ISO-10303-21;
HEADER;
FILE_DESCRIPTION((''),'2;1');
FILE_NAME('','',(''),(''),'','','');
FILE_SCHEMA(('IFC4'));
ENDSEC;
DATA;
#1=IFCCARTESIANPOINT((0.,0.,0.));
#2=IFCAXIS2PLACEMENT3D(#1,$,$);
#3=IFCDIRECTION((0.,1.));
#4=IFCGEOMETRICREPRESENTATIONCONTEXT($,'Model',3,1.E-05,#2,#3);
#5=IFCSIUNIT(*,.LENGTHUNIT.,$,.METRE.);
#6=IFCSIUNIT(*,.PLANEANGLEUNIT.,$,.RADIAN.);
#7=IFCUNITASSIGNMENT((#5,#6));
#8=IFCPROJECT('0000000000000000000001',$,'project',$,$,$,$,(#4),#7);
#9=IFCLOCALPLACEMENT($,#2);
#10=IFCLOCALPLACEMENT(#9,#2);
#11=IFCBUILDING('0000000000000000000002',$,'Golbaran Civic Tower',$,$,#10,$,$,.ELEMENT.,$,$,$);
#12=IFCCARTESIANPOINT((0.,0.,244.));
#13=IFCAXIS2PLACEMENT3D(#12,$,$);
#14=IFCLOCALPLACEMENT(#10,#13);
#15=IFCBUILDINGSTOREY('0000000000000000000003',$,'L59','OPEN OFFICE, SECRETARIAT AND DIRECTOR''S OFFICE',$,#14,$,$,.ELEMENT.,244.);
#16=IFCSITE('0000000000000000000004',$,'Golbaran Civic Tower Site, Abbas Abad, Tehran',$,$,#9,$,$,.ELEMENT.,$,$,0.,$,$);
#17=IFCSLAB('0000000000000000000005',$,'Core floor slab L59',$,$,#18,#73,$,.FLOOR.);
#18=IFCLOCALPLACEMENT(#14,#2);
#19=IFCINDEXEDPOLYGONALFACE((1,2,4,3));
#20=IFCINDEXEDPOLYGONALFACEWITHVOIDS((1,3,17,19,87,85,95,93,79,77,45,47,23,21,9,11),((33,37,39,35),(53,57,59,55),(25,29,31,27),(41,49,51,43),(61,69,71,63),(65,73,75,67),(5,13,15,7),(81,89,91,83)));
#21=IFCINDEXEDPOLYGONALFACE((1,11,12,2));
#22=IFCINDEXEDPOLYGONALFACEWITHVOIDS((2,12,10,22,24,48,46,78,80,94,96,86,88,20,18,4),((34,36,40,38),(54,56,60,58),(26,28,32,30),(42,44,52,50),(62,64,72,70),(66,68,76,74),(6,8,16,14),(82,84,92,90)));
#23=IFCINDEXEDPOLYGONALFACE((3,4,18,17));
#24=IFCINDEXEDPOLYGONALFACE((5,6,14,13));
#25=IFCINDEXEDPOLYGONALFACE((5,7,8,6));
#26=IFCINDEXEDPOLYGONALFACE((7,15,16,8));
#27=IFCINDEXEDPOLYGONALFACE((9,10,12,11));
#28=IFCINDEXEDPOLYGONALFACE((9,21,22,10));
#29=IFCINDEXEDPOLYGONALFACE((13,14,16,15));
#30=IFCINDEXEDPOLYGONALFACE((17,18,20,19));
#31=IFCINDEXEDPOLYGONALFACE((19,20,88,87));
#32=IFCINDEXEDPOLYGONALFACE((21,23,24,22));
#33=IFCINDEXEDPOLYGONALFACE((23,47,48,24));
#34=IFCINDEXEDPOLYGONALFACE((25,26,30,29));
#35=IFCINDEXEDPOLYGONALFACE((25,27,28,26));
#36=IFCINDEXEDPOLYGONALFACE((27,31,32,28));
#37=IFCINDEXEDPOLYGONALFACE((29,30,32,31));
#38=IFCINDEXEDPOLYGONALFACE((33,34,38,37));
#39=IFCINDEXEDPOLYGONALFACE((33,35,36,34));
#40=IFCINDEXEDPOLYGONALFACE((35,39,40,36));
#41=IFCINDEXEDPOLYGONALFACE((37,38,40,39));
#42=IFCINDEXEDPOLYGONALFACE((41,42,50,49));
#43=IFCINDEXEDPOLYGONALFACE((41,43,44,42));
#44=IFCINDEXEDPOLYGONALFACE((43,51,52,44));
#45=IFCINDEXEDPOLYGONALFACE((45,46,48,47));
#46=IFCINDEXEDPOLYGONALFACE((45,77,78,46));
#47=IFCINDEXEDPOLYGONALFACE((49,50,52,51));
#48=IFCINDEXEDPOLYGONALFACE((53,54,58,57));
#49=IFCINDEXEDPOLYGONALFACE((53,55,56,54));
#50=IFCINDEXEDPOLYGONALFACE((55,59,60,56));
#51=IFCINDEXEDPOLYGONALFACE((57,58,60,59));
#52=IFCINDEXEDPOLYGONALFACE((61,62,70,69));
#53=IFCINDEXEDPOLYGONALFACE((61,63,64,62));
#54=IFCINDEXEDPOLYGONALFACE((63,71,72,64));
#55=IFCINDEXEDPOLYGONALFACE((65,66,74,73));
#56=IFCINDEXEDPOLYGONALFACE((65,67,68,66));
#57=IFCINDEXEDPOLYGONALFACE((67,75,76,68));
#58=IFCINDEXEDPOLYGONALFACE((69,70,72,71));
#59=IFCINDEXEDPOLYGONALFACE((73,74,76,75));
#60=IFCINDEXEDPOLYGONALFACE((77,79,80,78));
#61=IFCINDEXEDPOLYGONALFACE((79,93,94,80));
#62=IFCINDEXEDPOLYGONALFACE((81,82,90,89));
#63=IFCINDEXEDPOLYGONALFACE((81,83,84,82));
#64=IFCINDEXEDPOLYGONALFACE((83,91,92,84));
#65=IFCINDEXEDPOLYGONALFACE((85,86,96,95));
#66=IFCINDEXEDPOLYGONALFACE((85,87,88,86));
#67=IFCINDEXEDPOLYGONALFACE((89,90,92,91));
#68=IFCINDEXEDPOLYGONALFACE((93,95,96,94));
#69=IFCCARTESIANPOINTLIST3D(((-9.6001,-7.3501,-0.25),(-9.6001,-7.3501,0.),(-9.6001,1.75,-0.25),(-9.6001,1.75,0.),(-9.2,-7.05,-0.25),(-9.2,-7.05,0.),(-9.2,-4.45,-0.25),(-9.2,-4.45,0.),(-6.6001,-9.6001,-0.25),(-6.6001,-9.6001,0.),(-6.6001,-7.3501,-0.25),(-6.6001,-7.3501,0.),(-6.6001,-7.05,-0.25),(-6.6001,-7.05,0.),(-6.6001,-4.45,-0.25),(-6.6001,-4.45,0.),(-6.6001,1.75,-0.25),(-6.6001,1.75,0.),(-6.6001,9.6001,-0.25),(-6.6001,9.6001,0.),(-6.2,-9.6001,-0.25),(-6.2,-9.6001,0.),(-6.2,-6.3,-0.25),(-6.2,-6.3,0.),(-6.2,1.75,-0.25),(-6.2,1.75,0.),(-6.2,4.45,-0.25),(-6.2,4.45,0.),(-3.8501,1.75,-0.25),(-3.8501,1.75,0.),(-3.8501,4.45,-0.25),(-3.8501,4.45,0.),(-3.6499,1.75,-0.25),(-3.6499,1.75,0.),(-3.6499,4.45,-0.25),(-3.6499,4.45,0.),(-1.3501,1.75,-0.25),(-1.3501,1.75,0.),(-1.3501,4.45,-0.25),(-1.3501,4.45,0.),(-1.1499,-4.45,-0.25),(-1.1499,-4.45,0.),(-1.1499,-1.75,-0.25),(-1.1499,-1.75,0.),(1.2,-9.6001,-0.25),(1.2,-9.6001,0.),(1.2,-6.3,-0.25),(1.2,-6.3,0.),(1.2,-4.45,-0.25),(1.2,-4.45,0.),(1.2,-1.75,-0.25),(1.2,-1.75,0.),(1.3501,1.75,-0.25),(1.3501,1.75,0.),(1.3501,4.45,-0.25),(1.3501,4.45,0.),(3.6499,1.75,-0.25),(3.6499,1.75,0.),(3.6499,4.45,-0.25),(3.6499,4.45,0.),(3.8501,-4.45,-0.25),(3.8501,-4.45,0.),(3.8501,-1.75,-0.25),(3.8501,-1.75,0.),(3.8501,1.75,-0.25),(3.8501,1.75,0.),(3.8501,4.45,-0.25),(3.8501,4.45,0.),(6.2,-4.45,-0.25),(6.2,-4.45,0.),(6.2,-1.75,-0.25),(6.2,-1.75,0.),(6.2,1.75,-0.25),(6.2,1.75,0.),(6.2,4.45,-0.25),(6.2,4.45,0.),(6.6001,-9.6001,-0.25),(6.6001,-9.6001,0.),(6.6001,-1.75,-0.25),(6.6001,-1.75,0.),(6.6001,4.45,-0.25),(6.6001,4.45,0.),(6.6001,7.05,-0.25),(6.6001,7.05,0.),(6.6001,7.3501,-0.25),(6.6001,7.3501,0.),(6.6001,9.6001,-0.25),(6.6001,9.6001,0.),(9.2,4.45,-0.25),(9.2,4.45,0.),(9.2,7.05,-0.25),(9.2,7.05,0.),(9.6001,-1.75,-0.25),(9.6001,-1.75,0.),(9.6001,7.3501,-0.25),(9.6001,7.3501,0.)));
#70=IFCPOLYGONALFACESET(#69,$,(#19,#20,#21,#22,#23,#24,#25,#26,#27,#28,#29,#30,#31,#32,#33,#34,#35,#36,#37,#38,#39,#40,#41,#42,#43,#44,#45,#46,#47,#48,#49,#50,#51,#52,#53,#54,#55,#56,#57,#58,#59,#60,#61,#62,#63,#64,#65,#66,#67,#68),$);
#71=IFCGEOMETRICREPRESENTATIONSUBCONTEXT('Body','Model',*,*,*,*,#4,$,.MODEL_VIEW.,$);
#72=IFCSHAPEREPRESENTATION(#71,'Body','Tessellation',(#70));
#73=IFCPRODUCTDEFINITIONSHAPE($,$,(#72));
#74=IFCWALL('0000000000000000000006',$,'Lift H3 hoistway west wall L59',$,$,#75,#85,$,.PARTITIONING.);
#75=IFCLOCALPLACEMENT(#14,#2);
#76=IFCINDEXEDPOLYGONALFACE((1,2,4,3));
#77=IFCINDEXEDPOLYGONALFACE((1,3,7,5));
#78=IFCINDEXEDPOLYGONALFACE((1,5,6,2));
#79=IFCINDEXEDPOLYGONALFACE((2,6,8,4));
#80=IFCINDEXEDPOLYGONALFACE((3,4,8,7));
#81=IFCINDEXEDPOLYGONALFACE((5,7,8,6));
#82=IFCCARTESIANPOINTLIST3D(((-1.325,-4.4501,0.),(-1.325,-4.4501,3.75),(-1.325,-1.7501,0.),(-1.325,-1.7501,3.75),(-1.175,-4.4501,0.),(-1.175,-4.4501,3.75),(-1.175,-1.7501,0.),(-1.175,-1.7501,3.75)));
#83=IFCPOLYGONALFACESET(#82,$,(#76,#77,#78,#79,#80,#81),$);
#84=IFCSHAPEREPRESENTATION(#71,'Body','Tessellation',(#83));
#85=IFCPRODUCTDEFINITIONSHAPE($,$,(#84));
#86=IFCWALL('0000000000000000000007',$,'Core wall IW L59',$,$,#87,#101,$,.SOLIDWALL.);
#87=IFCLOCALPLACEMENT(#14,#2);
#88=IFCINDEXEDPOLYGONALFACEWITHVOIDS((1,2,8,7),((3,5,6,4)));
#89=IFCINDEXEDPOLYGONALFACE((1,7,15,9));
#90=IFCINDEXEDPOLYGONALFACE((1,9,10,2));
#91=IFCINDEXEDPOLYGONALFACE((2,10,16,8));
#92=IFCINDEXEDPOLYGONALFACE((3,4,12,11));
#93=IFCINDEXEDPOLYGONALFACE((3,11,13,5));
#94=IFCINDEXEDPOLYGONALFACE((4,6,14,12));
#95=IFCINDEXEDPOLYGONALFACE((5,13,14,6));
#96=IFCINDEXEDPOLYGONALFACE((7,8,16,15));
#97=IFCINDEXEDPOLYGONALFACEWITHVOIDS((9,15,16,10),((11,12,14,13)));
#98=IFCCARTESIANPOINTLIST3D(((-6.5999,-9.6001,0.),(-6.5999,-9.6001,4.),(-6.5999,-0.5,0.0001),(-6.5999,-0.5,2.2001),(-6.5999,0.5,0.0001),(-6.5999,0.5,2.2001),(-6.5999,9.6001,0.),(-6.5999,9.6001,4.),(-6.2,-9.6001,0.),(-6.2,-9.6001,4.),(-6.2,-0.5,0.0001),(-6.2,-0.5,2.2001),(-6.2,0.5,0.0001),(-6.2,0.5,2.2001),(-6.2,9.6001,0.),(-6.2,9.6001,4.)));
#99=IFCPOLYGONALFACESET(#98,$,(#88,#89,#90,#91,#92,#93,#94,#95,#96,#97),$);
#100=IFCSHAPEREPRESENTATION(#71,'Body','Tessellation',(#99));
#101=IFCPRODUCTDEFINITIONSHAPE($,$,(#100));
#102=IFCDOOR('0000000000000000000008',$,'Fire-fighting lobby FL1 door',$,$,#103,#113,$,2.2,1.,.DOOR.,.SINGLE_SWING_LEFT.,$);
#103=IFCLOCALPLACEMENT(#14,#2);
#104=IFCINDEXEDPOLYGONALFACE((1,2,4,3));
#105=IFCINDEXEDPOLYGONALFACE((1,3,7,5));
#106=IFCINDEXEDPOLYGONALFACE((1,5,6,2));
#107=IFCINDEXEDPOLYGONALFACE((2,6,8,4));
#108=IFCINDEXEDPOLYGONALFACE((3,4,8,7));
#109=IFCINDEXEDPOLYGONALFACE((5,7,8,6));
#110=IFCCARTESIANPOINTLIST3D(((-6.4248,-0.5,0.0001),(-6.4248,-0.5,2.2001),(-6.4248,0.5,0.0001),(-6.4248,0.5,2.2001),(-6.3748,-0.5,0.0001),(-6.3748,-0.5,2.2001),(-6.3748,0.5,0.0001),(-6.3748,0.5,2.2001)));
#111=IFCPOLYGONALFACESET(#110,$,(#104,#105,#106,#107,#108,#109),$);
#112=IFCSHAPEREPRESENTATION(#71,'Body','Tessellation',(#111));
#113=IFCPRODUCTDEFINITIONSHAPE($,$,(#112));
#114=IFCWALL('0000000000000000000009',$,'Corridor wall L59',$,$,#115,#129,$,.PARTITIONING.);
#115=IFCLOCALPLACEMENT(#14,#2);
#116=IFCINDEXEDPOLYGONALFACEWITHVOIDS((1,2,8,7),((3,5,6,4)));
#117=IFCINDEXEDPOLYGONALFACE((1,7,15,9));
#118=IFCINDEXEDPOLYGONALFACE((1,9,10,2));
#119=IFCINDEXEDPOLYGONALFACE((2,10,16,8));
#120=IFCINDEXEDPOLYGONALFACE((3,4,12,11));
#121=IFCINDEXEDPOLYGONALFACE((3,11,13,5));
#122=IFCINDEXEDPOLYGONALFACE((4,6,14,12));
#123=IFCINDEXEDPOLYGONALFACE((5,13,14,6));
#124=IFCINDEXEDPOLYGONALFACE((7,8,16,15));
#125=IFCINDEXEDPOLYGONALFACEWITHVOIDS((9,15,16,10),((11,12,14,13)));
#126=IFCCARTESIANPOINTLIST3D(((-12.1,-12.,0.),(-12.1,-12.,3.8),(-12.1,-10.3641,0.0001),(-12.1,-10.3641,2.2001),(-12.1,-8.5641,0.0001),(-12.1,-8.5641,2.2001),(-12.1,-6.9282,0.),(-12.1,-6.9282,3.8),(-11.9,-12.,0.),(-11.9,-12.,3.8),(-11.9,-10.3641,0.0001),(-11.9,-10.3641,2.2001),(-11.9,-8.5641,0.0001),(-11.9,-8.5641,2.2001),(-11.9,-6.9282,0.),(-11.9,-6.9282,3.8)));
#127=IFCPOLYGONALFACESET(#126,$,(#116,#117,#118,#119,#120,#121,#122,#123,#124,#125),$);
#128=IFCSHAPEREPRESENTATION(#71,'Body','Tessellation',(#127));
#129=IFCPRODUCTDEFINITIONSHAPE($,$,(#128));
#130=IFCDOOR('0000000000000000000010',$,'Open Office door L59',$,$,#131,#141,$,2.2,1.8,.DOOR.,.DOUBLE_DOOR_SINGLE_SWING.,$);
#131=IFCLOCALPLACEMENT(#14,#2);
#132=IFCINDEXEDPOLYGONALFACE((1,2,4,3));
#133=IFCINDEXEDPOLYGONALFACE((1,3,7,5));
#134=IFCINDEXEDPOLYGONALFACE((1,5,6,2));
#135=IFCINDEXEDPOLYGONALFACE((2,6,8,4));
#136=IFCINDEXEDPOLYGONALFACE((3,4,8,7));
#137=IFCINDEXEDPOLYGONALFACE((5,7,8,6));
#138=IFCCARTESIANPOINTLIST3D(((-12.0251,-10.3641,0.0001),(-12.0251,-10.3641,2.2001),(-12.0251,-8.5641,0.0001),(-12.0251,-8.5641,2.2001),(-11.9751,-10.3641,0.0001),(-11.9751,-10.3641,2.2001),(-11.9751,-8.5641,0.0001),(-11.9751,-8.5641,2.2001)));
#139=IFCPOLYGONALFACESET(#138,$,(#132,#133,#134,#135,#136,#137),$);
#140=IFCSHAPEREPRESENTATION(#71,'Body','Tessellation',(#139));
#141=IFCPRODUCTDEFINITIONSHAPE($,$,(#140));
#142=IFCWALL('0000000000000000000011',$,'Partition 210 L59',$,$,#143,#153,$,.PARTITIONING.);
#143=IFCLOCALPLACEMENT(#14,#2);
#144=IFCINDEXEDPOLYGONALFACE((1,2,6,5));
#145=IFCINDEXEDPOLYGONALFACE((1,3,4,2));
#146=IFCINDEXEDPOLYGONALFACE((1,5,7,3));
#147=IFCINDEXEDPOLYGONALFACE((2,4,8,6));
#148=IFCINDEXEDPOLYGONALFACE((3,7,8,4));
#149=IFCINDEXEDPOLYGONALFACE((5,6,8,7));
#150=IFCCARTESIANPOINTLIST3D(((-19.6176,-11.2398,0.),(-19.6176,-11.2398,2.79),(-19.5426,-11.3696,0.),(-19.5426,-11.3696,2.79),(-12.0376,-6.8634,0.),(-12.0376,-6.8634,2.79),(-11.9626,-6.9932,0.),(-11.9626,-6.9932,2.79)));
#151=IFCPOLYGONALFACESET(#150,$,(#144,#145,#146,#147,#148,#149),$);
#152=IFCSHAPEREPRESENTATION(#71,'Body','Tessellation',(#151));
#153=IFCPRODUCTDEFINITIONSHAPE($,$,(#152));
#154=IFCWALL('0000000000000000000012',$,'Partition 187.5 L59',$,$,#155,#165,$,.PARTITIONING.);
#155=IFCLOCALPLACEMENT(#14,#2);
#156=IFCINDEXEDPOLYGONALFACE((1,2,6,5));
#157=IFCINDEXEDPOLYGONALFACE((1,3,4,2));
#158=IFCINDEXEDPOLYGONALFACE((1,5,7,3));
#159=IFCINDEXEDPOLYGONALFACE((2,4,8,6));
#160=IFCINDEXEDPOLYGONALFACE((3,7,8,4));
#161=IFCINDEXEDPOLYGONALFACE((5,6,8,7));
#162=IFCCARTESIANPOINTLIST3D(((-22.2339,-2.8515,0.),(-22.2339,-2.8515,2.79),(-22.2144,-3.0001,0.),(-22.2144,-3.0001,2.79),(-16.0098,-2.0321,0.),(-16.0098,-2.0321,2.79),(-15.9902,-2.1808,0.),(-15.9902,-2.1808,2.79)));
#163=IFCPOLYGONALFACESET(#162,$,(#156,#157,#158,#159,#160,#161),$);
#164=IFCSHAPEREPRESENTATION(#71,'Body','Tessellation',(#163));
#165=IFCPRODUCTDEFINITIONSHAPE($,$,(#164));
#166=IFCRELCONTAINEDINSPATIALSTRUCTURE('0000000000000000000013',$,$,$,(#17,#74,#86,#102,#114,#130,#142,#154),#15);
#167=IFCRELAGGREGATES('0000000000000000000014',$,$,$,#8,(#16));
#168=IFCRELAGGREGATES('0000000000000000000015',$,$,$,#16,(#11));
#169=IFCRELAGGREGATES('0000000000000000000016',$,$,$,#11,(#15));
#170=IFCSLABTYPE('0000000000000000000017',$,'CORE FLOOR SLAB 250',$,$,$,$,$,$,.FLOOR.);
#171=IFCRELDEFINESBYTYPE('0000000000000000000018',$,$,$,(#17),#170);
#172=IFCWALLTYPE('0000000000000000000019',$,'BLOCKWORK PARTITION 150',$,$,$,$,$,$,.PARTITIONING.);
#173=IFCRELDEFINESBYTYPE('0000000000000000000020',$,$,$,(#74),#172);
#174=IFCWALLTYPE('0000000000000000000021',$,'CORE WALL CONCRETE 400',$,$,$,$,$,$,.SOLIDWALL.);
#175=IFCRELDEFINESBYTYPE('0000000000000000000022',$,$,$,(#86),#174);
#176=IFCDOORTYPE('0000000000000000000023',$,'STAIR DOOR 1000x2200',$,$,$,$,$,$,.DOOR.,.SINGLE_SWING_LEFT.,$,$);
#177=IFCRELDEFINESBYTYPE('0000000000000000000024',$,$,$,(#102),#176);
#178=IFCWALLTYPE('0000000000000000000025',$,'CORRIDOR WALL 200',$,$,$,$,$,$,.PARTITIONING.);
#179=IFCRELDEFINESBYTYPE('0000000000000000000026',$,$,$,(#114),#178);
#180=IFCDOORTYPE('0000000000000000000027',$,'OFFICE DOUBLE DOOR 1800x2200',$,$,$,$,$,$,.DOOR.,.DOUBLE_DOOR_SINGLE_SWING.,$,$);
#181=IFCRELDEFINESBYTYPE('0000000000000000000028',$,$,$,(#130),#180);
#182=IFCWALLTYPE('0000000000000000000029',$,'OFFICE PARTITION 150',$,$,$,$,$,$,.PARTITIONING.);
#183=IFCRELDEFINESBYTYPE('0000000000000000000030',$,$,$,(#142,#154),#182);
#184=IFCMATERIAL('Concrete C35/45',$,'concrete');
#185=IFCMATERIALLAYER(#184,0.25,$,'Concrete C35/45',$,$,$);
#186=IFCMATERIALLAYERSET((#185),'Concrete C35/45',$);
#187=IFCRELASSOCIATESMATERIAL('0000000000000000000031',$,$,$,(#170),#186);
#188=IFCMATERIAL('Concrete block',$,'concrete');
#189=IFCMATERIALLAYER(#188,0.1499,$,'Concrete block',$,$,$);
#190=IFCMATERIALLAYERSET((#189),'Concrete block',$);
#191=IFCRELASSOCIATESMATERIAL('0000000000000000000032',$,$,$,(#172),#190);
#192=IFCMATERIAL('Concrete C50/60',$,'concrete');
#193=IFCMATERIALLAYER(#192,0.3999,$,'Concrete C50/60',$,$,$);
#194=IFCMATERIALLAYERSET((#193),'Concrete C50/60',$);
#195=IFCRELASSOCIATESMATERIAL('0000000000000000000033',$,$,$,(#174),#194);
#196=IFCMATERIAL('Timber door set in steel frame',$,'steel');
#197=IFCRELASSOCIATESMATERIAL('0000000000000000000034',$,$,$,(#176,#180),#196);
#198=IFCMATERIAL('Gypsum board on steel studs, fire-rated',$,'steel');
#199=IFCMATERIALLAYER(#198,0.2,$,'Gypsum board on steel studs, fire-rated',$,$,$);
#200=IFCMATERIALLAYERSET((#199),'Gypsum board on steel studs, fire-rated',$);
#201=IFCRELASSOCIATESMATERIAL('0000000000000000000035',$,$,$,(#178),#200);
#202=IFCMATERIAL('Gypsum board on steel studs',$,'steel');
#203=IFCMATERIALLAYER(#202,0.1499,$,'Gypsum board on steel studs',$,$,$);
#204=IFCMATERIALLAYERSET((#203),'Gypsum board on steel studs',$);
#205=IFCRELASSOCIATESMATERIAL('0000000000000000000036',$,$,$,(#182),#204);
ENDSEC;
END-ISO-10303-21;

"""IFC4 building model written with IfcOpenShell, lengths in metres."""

from ifc_helpers import new_model, si_unit, direction, frame, frame_2d, origin, place, context, subcontext, project, spatial, polyline, rectangle, outline, extrude, material, layer, layer_set, type_object, element, fill, save


model = new_model("IFC4")

# Units and contexts
model_context = context("Model", 3, precision=1e-05, world=origin(), true_north=direction((0.0, 1.0)))
body_context = subcontext(model_context, "Body", "Model", "MODEL_VIEW")
ifc_project = project(units=[si_unit("LENGTHUNIT", "METRE"), si_unit("PLANEANGLEUNIT", "RADIAN")], contexts=[model_context])

# Site, building, storey
site_placement = place(None, origin())
site = spatial("IfcSite", under=ifc_project, at=site_placement, Name="Golbaran Civic Tower Site, Abbas Abad, Tehran", CompositionType="ELEMENT", RefElevation=0.0)
building_placement = place(site_placement, origin())
building = spatial("IfcBuilding", under=site, at=building_placement, Name="Golbaran Civic Tower", CompositionType="ELEMENT")
storey_placement = place(building_placement, frame((0.0, 0.0, 244.0)))
storey = spatial("IfcBuildingStorey", under=building, at=storey_placement, Name="L59", Description="OPEN OFFICE, SECRETARIAT AND DIRECTOR'S OFFICE", CompositionType="ELEMENT", Elevation=244.0)

# Slab
ifc_material_1 = material(Name="Concrete C35/45", Category="concrete")
ifc_layer_1 = layer(ifc_material_1, 0.25, Name="Concrete C35/45")
ifc_layer_set_1 = layer_set([ifc_layer_1], Name="Concrete C35/45")
slab_type_1 = type_object("IfcSlabType", Name="CORE FLOOR SLAB 250", PredefinedType="FLOOR", material=ifc_layer_set_1)
slab_1_placement = place(storey_placement, frame((0.0, 0.0, -0.25)))
element("IfcSlab", 1, at=slab_1_placement, inside=storey, type_object=slab_type_1, Name="Core floor slab L59", PredefinedType="FLOOR", context=body_context, shape_type="SweptSolid", body=[
    extrude(outline(polyline([(6.6001, -1.75), (6.6001, -9.6001), (1.2, -9.6001), (1.2, -6.3), (-6.2, -6.3), (-6.2, -9.6001), (-6.6001, -9.6001), (-6.6001, -7.3501), (-9.6001, -7.3501), (-9.6001, 1.75), (-6.6001, 1.75), (-6.6001, 9.6001), (6.6001, 9.6001), (6.6001, 7.3501), (9.6001, 7.3501), (9.6001, -1.75), (6.6001, -1.75)]), holes=[polyline([(9.2, 7.05), (6.6001, 7.05), (6.6001, 4.45), (9.2, 4.45), (9.2, 7.05)]), polyline([(6.2, -1.75), (3.8501, -1.75), (3.8501, -4.45), (6.2, -4.45), (6.2, -1.75)]), polyline([(6.2, 4.45), (3.8501, 4.45), (3.8501, 1.75), (6.2, 1.75), (6.2, 4.45)]), polyline([(3.6499, 4.45), (1.3501, 4.45), (1.3501, 1.75), (3.6499, 1.75), (3.6499, 4.45)]), polyline([(-1.1499, -1.75), (-1.1499, -4.45), (1.2, -4.45), (1.2, -1.75), (-1.1499, -1.75)]), polyline([(-1.3501, 4.45), (-3.6499, 4.45), (-3.6499, 1.75), (-1.3501, 1.75), (-1.3501, 4.45)]), polyline([(-3.8501, 4.45), (-6.2, 4.45), (-6.2, 1.75), (-3.8501, 1.75), (-3.8501, 4.45)]), polyline([(-6.6001, -4.45), (-9.2, -4.45), (-9.2, -7.05), (-6.6001, -7.05), (-6.6001, -4.45)])]), origin(), (0.0, 0.0, 1.0), 0.25),
])

# Wall
ifc_material_2 = material(Name="Concrete block", Category="concrete")
ifc_layer_2 = layer(ifc_material_2, 0.1499, Name="Concrete block")
ifc_layer_set_2 = layer_set([ifc_layer_2], Name="Concrete block")
wall_type_1 = type_object("IfcWallType", Name="BLOCKWORK PARTITION 150", PredefinedType="PARTITIONING", material=ifc_layer_set_2)
wall_1_placement = place(storey_placement, frame((-1.25, -1.75, 0.0), z_axis=(0.0, 0.0, 1.0), x_axis=(0.0, -1.0, 0.0)))
element("IfcWall", 2, at=wall_1_placement, inside=storey, type_object=wall_type_1, Name="Lift H3 hoistway west wall L59", PredefinedType="PARTITIONING", context=body_context, shape_type="SweptSolid", body=[
    extrude(rectangle(XDim=2.7, YDim=0.1499, at=frame_2d((1.3501, 0.0))), origin(), (0.0, 0.0, 1.0), 3.75),
])

# Walls, openings, doors
ifc_material_3 = material(Name="Concrete C50/60", Category="concrete")
ifc_layer_3 = layer(ifc_material_3, 0.3999, Name="Concrete C50/60")
ifc_layer_set_3 = layer_set([ifc_layer_3], Name="Concrete C50/60")
wall_type_2 = type_object("IfcWallType", Name="CORE WALL CONCRETE 400", PredefinedType="SOLIDWALL", material=ifc_layer_set_3)
wall_2_placement = place(storey_placement, frame((-6.3999, -9.6001, 0.0), z_axis=(0.0, 0.0, 1.0), x_axis=(0.0, 1.0, 0.0)))
wall_2 = element("IfcWall", 3, at=wall_2_placement, inside=storey, type_object=wall_type_2, Name="Core wall IW L59", PredefinedType="SOLIDWALL", context=body_context, shape_type="SweptSolid", body=[
    extrude(rectangle(XDim=19.2002, YDim=0.3999, at=frame_2d((9.6001, 0.0))), origin(), (0.0, 0.0, 1.0), 4.0),
])
opening_1_placement = place(wall_2_placement, frame((9.1001, 0.0, 0.0)))
opening_1 = element("IfcOpeningElement", 4, at=opening_1_placement, cuts=wall_2, PredefinedType="OPENING", context=body_context, shape_type="SweptSolid", body=[
    extrude(rectangle(XDim=1.0, YDim=2.2, at=frame_2d((0.5, 1.1001))), frame((0.0, 0.21, 0.0), z_axis=(0.0, -1.0, 0.0), x_axis=(1.0, 0.0, 0.0)), (0.0, 0.0, 1.0), 0.4199),
])
ifc_material_4 = material(Name="Timber door set in steel frame", Category="steel")
door_type_1 = type_object("IfcDoorType", Name="STAIR DOOR 1000x2200", OperationType="SINGLE_SWING_LEFT", PredefinedType="DOOR", material=ifc_material_4)
door_1_placement = place(opening_1_placement, origin())
door_1 = element("IfcDoor", 5, at=door_1_placement, inside=storey, type_object=door_type_1, Name="Fire-fighting lobby FL1 door", OperationType="SINGLE_SWING_LEFT", OverallHeight=2.2, OverallWidth=1.0, PredefinedType="DOOR", context=body_context, shape_type="SweptSolid", body=[
    extrude(rectangle(XDim=1.0, YDim=2.2, at=frame_2d((0.5, 1.1001))), frame((0.0, 0.0249, 0.0), z_axis=(0.0, -1.0, 0.0), x_axis=(1.0, 0.0, 0.0)), (0.0, 0.0, 1.0), 0.05),
])
fill(opening_1, door_1)
ifc_material_5 = material(Name="Gypsum board on steel studs, fire-rated", Category="steel")
ifc_layer_4 = layer(ifc_material_5, 0.2, Name="Gypsum board on steel studs, fire-rated")
ifc_layer_set_4 = layer_set([ifc_layer_4], Name="Gypsum board on steel studs, fire-rated")
wall_type_3 = type_object("IfcWallType", Name="CORRIDOR WALL 200", PredefinedType="PARTITIONING", material=ifc_layer_set_4)
wall_3_placement = place(storey_placement, frame((-12.0, -6.9282, 0.0), z_axis=(0.0, 0.0, 1.0), x_axis=(0.0, -1.0, 0.0)))
wall_3 = element("IfcWall", 6, at=wall_3_placement, inside=storey, type_object=wall_type_3, Name="Corridor wall L59", PredefinedType="PARTITIONING", context=body_context, shape_type="SweptSolid", body=[
    extrude(rectangle(XDim=5.0718, YDim=0.2, at=frame_2d((2.5359, 0.0))), origin(), (0.0, 0.0, 1.0), 3.8),
])
opening_2_placement = place(wall_3_placement, frame((1.636, 0.0, 0.0)))
opening_2 = element("IfcOpeningElement", 7, at=opening_2_placement, cuts=wall_3, PredefinedType="OPENING", context=body_context, shape_type="SweptSolid", body=[
    extrude(rectangle(XDim=1.8, YDim=2.2, at=frame_2d((0.8999, 1.1001))), frame((0.0, 0.1099, 0.0), z_axis=(0.0, -1.0, 0.0), x_axis=(1.0, 0.0, 0.0)), (0.0, 0.0, 1.0), 0.22),
])
door_type_2 = type_object("IfcDoorType", Name="OFFICE DOUBLE DOOR 1800x2200", OperationType="DOUBLE_DOOR_SINGLE_SWING", PredefinedType="DOOR", material=ifc_material_4)
door_2_placement = place(opening_2_placement, origin())
door_2 = element("IfcDoor", 8, at=door_2_placement, inside=storey, type_object=door_type_2, Name="Open Office door L59", OperationType="DOUBLE_DOOR_SINGLE_SWING", OverallHeight=2.2, OverallWidth=1.8, PredefinedType="DOOR", context=body_context, shape_type="SweptSolid", body=[
    extrude(rectangle(XDim=1.8, YDim=2.2, at=frame_2d((0.8999, 1.1001))), frame((0.0, 0.0249, 0.0), z_axis=(0.0, -1.0, 0.0), x_axis=(1.0, 0.0, 0.0)), (0.0, 0.0, 1.0), 0.05),
])
fill(opening_2, door_2)

# Walls
ifc_material_6 = material(Name="Gypsum board on steel studs", Category="steel")
ifc_layer_5 = layer(ifc_material_6, 0.1499, Name="Gypsum board on steel studs")
ifc_layer_set_5 = layer_set([ifc_layer_5], Name="Gypsum board on steel studs")
wall_type_4 = type_object("IfcWallType", Name="OFFICE PARTITION 150", PredefinedType="PARTITIONING", material=ifc_layer_set_5)
wall_4_placement = place(storey_placement, frame((-12.0, -6.9282, 0.0), z_axis=(0.0, 0.0, 1.0), x_axis=(-0.86602, -0.500009, 0.0)))
element("IfcWall", 9, at=wall_4_placement, inside=storey, type_object=wall_type_4, Name="Partition 210 L59", PredefinedType="PARTITIONING", context=body_context, shape_type="SweptSolid", body=[
    extrude(rectangle(XDim=8.7527, YDim=0.1499, at=frame_2d((4.3765, 0.0))), origin(), (0.0, 0.0, 1.0), 2.79),
])
wall_5_placement = place(storey_placement, frame((-16.0, -2.1064, 0.0), z_axis=(0.0, 0.0, 1.0), x_axis=(-0.991447, -0.130513, 0.0)))
element("IfcWall", 10, at=wall_5_placement, inside=storey, type_object=wall_type_4, Name="Partition 187.5 L59", PredefinedType="PARTITIONING", context=body_context, shape_type="SweptSolid", body=[
    extrude(rectangle(XDim=6.2778, YDim=0.1499, at=frame_2d((3.1389, 0.0))), origin(), (0.0, 0.0, 1.0), 2.79),
])

save(model, "model.ifc")
